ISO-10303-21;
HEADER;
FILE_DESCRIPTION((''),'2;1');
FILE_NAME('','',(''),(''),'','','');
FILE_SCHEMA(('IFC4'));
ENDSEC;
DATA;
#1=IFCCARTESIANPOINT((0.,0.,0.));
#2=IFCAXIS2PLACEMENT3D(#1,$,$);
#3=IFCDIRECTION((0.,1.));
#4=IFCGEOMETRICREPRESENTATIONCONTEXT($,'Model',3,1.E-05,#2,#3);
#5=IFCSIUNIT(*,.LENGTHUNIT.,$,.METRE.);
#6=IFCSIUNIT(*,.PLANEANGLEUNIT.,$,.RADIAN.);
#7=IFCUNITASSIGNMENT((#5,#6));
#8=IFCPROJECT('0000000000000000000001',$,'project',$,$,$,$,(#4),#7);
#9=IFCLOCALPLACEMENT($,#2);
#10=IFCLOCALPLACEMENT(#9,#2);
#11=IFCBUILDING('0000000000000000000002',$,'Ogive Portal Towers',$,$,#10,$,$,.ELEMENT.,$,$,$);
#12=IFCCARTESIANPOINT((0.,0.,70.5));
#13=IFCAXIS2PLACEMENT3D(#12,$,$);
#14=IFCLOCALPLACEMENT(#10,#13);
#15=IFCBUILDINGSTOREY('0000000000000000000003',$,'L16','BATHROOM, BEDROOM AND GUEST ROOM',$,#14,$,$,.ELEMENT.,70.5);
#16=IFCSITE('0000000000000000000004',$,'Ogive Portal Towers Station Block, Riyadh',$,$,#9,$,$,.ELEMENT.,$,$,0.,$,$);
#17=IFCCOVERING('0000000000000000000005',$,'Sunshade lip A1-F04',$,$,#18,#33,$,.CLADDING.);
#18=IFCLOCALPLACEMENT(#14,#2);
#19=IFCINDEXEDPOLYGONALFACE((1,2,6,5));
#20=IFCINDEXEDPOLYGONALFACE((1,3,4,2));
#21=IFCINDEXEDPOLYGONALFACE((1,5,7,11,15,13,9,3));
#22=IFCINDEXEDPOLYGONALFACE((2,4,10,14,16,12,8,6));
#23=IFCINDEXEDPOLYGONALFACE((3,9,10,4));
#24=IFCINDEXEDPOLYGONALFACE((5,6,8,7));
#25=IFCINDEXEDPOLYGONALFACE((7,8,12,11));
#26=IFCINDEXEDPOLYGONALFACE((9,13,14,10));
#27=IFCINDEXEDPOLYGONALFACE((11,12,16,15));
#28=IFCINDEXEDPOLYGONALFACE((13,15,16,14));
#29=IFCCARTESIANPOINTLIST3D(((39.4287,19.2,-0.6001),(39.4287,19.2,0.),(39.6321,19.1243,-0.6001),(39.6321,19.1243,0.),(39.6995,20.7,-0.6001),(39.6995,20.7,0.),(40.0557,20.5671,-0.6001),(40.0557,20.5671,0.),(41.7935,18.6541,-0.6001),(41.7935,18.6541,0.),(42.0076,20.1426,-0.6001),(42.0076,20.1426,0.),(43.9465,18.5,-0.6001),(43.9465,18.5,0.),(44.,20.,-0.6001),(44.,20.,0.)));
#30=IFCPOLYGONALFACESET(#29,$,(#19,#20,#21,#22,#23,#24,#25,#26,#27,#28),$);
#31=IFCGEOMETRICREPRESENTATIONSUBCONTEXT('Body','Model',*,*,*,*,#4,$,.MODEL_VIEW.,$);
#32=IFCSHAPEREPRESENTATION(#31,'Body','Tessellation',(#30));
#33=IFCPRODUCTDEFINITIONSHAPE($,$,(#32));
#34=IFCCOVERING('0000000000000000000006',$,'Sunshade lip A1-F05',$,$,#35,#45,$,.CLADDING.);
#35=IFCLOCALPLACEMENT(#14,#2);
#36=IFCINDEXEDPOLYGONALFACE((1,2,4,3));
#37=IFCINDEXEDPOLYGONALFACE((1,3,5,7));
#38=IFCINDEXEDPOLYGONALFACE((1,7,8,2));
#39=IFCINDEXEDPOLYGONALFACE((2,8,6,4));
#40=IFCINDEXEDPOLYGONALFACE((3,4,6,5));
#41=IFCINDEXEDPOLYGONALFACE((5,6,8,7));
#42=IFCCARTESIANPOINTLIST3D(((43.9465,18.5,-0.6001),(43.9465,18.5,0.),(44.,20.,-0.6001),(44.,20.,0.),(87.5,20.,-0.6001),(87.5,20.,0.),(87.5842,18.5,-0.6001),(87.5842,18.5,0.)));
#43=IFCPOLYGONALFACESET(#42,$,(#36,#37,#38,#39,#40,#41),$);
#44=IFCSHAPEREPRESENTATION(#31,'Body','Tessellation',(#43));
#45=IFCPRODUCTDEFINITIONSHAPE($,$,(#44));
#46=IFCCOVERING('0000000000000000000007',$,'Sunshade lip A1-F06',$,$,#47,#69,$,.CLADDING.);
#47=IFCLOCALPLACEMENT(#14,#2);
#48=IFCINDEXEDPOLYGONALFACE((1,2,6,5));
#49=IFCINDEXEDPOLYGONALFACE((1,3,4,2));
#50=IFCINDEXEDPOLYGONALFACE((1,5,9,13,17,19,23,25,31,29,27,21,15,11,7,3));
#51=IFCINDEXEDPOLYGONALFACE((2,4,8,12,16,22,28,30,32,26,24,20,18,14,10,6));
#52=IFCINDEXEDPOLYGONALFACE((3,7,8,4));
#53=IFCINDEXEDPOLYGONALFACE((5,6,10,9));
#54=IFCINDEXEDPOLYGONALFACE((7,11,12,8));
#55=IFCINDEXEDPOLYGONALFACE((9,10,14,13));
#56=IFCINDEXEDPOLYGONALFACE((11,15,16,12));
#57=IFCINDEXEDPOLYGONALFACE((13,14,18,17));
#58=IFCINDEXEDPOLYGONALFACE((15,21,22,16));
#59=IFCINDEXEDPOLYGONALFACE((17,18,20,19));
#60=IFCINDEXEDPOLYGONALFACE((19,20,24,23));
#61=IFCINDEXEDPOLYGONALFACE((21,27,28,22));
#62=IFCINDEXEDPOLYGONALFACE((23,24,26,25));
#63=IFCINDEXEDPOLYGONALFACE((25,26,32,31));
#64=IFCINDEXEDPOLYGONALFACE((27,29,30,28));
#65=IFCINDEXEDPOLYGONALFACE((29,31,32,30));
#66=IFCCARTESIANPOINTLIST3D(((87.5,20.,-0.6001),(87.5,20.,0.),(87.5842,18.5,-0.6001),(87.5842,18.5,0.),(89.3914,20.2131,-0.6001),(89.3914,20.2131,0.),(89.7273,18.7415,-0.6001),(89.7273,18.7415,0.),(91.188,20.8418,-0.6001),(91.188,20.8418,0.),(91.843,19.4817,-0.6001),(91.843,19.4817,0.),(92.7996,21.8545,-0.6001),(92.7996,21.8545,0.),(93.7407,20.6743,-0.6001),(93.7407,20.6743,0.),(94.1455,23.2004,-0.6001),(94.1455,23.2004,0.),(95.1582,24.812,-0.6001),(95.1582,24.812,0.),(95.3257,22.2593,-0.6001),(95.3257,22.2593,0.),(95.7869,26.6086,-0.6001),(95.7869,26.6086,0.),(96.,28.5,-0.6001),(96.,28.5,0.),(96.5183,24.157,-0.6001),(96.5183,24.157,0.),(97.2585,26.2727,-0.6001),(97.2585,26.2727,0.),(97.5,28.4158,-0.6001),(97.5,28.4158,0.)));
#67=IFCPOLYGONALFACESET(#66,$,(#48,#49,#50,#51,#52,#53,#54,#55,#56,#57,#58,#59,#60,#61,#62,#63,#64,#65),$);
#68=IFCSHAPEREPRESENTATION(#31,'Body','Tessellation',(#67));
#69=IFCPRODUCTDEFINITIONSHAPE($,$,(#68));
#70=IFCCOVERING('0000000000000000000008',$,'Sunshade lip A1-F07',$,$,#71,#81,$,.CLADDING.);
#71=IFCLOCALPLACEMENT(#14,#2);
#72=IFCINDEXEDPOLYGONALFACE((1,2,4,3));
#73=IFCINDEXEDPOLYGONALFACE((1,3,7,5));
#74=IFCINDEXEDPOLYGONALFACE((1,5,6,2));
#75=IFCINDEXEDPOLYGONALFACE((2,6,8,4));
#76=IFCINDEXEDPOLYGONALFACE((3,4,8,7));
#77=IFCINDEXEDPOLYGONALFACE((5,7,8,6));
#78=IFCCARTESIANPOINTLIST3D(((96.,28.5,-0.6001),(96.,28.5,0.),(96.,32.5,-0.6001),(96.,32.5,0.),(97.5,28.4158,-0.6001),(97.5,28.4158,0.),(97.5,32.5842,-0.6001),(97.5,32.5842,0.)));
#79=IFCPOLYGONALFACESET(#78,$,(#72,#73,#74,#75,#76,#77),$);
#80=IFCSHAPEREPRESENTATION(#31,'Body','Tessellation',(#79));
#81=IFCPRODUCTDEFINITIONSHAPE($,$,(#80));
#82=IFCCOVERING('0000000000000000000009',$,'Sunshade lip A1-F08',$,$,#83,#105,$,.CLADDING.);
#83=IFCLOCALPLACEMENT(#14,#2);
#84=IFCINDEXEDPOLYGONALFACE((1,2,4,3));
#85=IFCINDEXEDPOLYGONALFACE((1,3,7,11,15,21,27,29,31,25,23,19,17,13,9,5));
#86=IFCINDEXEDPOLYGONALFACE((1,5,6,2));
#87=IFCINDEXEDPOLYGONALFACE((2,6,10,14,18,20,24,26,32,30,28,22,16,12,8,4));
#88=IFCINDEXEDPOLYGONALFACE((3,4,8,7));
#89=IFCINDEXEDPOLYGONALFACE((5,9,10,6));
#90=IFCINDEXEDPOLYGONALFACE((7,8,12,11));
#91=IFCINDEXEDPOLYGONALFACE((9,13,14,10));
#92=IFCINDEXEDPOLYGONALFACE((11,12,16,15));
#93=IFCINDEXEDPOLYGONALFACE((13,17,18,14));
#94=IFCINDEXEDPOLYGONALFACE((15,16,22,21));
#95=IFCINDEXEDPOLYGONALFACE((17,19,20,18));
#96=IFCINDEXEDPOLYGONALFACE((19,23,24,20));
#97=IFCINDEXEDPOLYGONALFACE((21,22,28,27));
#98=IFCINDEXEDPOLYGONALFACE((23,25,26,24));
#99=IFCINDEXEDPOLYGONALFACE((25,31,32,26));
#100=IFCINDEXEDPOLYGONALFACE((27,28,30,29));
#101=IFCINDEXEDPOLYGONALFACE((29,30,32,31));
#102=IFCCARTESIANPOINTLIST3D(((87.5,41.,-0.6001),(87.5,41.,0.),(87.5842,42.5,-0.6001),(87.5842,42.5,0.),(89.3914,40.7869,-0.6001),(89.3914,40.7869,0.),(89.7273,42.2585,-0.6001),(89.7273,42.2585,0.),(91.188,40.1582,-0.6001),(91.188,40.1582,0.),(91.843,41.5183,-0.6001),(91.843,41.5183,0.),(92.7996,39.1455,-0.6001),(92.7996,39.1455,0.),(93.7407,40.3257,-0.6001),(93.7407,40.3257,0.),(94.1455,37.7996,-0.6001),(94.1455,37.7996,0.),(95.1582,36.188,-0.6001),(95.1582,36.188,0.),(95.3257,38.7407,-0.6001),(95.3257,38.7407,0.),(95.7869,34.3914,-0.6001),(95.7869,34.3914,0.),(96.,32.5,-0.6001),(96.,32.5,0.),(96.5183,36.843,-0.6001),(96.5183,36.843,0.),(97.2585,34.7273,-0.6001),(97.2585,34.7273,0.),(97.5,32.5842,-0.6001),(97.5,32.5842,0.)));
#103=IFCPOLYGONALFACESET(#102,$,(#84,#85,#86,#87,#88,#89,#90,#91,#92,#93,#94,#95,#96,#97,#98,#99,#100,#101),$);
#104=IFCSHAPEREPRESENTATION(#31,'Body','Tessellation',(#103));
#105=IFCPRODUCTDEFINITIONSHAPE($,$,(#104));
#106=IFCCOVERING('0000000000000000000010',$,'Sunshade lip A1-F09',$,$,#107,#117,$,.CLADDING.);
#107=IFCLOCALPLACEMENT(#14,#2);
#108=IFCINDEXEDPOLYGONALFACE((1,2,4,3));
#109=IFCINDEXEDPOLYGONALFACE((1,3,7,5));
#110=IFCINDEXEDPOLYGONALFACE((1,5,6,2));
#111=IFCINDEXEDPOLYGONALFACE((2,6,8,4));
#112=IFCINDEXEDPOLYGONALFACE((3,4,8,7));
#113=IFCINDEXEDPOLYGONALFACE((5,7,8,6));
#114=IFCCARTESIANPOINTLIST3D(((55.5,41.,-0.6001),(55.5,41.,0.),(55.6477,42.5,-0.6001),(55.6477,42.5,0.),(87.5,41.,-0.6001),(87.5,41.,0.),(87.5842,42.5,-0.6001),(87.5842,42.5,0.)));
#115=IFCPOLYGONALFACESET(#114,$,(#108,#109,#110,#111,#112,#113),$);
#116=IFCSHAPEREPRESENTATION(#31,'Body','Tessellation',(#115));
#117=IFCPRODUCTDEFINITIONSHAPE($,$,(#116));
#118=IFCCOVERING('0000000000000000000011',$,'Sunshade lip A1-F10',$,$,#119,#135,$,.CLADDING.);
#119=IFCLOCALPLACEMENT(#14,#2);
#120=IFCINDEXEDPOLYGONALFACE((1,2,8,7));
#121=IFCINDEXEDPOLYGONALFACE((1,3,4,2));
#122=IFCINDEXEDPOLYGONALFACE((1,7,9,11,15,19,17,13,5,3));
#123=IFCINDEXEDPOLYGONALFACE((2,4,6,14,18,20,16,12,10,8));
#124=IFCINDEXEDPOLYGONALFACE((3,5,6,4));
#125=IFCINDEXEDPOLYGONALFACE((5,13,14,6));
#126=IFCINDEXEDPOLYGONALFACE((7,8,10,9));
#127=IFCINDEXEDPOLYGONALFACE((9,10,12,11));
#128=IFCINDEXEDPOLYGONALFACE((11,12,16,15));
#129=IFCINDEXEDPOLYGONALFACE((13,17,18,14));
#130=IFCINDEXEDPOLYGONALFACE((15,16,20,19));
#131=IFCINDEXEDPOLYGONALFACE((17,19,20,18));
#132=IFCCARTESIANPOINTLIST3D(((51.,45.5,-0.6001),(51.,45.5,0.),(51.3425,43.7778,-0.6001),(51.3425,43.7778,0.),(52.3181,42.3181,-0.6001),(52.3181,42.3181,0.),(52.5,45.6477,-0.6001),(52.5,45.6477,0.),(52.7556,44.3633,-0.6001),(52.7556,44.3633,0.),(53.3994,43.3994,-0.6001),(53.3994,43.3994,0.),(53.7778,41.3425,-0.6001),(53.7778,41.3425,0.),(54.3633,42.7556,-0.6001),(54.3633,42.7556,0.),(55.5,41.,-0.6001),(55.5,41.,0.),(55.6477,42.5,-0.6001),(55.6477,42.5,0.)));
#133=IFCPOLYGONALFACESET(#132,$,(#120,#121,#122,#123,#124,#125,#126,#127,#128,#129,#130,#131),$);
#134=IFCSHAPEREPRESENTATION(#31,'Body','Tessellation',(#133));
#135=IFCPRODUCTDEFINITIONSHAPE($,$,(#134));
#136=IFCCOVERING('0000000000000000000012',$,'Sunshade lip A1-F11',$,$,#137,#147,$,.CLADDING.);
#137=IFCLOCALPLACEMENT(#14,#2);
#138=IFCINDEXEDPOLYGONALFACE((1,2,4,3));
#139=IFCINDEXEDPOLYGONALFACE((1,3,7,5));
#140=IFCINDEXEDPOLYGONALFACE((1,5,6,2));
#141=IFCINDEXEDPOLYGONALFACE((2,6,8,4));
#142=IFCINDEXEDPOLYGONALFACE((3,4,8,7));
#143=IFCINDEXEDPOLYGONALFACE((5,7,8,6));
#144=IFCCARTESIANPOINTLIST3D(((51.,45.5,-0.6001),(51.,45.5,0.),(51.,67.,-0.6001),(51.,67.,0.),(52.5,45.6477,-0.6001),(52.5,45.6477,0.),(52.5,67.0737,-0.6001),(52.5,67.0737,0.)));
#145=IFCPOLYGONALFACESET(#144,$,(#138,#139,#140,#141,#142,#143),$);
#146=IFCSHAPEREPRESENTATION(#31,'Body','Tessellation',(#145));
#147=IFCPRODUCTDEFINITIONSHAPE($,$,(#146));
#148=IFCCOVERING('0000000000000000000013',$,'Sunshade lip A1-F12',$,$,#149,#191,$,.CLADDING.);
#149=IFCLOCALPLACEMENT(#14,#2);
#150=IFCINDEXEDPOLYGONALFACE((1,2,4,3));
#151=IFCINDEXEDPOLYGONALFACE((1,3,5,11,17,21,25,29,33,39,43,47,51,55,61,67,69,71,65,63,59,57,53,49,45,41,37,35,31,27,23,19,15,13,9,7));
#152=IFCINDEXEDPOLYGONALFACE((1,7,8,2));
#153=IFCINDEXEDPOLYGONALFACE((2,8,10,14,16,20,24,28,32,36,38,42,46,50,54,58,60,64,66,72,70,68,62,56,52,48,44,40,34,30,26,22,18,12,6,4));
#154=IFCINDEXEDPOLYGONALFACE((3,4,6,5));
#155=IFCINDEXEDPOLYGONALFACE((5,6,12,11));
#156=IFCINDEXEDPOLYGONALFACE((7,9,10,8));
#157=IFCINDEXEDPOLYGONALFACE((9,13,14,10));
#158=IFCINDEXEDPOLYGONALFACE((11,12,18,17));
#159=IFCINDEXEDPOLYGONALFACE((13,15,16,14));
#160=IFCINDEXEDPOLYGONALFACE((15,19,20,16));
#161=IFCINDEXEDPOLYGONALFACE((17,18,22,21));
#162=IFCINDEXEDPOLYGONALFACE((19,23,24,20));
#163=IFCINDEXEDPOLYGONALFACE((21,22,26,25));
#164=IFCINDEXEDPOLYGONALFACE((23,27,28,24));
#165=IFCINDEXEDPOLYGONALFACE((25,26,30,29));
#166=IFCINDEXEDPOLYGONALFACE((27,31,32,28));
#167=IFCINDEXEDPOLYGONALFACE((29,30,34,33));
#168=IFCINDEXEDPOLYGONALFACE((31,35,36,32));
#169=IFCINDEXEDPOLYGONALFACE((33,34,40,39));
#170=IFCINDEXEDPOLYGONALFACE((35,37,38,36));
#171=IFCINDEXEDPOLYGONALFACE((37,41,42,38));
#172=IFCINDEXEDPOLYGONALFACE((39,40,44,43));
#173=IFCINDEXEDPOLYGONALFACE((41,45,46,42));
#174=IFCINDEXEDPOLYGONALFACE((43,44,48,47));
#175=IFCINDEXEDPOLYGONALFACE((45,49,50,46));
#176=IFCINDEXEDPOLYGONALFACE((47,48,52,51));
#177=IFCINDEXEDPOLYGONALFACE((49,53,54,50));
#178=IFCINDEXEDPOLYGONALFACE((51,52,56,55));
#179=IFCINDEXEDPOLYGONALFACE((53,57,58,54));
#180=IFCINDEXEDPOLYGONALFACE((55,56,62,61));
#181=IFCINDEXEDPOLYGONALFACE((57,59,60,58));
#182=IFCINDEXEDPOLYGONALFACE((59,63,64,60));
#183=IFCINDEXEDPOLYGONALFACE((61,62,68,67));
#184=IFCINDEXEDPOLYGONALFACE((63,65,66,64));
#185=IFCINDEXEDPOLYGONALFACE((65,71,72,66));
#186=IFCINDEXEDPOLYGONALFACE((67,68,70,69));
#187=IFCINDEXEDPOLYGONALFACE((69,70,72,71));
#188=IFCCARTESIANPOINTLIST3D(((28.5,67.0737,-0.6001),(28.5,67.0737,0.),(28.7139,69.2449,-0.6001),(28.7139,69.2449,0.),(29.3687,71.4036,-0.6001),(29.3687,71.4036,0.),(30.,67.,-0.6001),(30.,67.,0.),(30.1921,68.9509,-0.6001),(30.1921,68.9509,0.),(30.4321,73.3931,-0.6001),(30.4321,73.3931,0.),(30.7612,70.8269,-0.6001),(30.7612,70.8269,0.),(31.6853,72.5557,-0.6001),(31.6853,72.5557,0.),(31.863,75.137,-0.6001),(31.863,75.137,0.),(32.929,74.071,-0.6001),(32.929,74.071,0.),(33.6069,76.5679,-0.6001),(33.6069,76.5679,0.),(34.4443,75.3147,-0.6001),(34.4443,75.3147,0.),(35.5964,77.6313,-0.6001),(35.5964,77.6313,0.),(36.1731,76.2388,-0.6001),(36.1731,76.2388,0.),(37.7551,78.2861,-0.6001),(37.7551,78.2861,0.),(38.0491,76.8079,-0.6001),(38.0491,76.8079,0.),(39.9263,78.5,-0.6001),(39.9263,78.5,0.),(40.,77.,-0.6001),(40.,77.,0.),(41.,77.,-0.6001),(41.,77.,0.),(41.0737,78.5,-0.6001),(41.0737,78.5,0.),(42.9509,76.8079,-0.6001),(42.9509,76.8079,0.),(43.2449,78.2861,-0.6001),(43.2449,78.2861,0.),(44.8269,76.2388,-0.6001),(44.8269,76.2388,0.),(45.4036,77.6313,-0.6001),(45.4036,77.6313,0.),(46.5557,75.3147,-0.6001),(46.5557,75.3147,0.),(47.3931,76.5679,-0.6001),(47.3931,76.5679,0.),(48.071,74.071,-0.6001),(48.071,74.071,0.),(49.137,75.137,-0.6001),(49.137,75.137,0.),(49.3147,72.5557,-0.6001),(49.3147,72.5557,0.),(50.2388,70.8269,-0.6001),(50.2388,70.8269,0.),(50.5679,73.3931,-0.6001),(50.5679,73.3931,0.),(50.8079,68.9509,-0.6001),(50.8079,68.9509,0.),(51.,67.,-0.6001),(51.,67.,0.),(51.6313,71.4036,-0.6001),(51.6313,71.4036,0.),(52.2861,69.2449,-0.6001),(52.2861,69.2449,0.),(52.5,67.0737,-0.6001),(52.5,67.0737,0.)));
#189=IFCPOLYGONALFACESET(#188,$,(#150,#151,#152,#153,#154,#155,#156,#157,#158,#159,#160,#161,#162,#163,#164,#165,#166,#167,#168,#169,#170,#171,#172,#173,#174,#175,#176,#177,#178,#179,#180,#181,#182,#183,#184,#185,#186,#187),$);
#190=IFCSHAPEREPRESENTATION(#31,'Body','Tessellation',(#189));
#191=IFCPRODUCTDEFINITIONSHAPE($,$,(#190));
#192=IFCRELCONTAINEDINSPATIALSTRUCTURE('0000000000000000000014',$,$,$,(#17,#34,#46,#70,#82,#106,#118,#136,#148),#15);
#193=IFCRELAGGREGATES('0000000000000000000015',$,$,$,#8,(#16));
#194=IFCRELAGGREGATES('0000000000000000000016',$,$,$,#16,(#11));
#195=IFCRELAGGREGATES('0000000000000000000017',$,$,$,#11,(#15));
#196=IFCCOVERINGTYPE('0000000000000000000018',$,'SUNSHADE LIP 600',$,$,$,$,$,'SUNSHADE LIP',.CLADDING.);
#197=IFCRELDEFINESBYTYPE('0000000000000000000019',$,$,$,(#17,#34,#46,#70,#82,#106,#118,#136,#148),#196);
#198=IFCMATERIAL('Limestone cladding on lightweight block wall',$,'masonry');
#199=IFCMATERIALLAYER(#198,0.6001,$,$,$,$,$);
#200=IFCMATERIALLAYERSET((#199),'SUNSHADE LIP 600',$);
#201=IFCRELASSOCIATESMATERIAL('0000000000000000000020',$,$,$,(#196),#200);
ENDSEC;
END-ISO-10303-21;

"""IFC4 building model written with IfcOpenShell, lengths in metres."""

from ifc_helpers import new_model, si_unit, direction, frame, origin, place, context, subcontext, project, spatial, polyline, outline, extrude, material, layer, layer_set, type_object, element, save


model = new_model("IFC4")

# Units and contexts
model_context = context("Model", 3, precision=1e-05, world=origin(), true_north=direction((0.0, 1.0)))
body_context = subcontext(model_context, "Body", "Model", "MODEL_VIEW")
ifc_project = project(units=[si_unit("LENGTHUNIT", "METRE"), si_unit("PLANEANGLEUNIT", "RADIAN")], contexts=[model_context])

# Site, building, storey
site_placement = place(None, origin())
site = spatial("IfcSite", under=ifc_project, at=site_placement, Name="Ogive Portal Towers Station Block, Riyadh", CompositionType="ELEMENT", RefElevation=0.0)
building_placement = place(site_placement, origin())
building = spatial("IfcBuilding", under=site, at=building_placement, Name="Ogive Portal Towers", CompositionType="ELEMENT")
storey_placement = place(building_placement, frame((0.0, 0.0, 70.5)))
storey = spatial("IfcBuildingStorey", under=building, at=storey_placement, Name="L16", Description="BATHROOM, BEDROOM AND GUEST ROOM", CompositionType="ELEMENT", Elevation=70.5)

# Coverings
ifc_material_1 = material(Name="Limestone cladding on lightweight block wall", Category="masonry")
ifc_layer_1 = layer(ifc_material_1, 0.6001)
ifc_layer_set_1 = layer_set([ifc_layer_1], Name="SUNSHADE LIP 600")
covering_type_1 = type_object("IfcCoveringType", Name="SUNSHADE LIP 600", ElementType="SUNSHADE LIP", PredefinedType="CLADDING", material=ifc_layer_set_1)
covering_1_placement = place(storey_placement, frame((0.0, 0.0, -0.6001)))
element("IfcCovering", 1, at=covering_1_placement, inside=storey, type_object=covering_type_1, Name="Sunshade lip A1-F04", PredefinedType="CLADDING", context=body_context, shape_type="SweptSolid", body=[
    extrude(outline(polyline([(39.6995, 20.7), (40.0557, 20.5671), (42.0076, 20.1426), (44.0, 20.0), (43.9465, 18.5), (41.7935, 18.6541), (39.6321, 19.1243), (39.4287, 19.2), (39.6995, 20.7)])), origin(), (0.0, 0.0, 1.0), 0.6001),
])
covering_2_placement = place(storey_placement, frame((0.0, 0.0, -0.6001)))
element("IfcCovering", 2, at=covering_2_placement, inside=storey, type_object=covering_type_1, Name="Sunshade lip A1-F05", PredefinedType="CLADDING", context=body_context, shape_type="SweptSolid", body=[
    extrude(outline(polyline([(44.0, 20.0), (87.5, 20.0), (87.5842, 18.5), (43.9465, 18.5), (44.0, 20.0)])), origin(), (0.0, 0.0, 1.0), 0.6001),
])
covering_3_placement = place(storey_placement, frame((0.0, 0.0, -0.6001)))
element("IfcCovering", 3, at=covering_3_placement, inside=storey, type_object=covering_type_1, Name="Sunshade lip A1-F06", PredefinedType="CLADDING", context=body_context, shape_type="SweptSolid", body=[
    extrude(outline(polyline([(87.5, 20.0), (89.3914, 20.2131), (91.188, 20.8418), (92.7996, 21.8545), (94.1455, 23.2004), (95.1582, 24.812), (95.7869, 26.6086), (96.0, 28.5), (97.5, 28.4158), (97.2585, 26.2727), (96.5183, 24.157), (95.3257, 22.2593), (93.7407, 20.6743), (91.843, 19.4817), (89.7273, 18.7415), (87.5842, 18.5), (87.5, 20.0)])), origin(), (0.0, 0.0, 1.0), 0.6001),
])
covering_4_placement = place(storey_placement, frame((0.0, 0.0, -0.6001)))
element("IfcCovering", 4, at=covering_4_placement, inside=storey, type_object=covering_type_1, Name="Sunshade lip A1-F07", PredefinedType="CLADDING", context=body_context, shape_type="SweptSolid", body=[
    extrude(outline(polyline([(96.0, 28.5), (96.0, 32.5), (97.5, 32.5842), (97.5, 28.4158), (96.0, 28.5)])), origin(), (0.0, 0.0, 1.0), 0.6001),
])
covering_5_placement = place(storey_placement, frame((0.0, 0.0, -0.6001)))
element("IfcCovering", 5, at=covering_5_placement, inside=storey, type_object=covering_type_1, Name="Sunshade lip A1-F08", PredefinedType="CLADDING", context=body_context, shape_type="SweptSolid", body=[
    extrude(outline(polyline([(96.0, 32.5), (95.7869, 34.3914), (95.1582, 36.188), (94.1455, 37.7996), (92.7996, 39.1455), (91.188, 40.1582), (89.3914, 40.7869), (87.5, 41.0), (87.5842, 42.5), (89.7273, 42.2585), (91.843, 41.5183), (93.7407, 40.3257), (95.3257, 38.7407), (96.5183, 36.843), (97.2585, 34.7273), (97.5, 32.5842), (96.0, 32.5)])), origin(), (0.0, 0.0, 1.0), 0.6001),
])
covering_6_placement = place(storey_placement, frame((0.0, 0.0, -0.6001)))
element("IfcCovering", 6, at=covering_6_placement, inside=storey, type_object=covering_type_1, Name="Sunshade lip A1-F09", PredefinedType="CLADDING", context=body_context, shape_type="SweptSolid", body=[
    extrude(outline(polyline([(87.5, 41.0), (55.5, 41.0), (55.6477, 42.5), (87.5842, 42.5), (87.5, 41.0)])), origin(), (0.0, 0.0, 1.0), 0.6001),
])
covering_7_placement = place(storey_placement, frame((0.0, 0.0, -0.6001)))
element("IfcCovering", 7, at=covering_7_placement, inside=storey, type_object=covering_type_1, Name="Sunshade lip A1-F10", PredefinedType="CLADDING", context=body_context, shape_type="SweptSolid", body=[
    extrude(outline(polyline([(55.5, 41.0), (53.7778, 41.3425), (52.3181, 42.3181), (51.3425, 43.7778), (51.0, 45.5), (52.5, 45.6477), (52.7556, 44.3633), (53.3994, 43.3994), (54.3633, 42.7556), (55.6477, 42.5), (55.5, 41.0)])), origin(), (0.0, 0.0, 1.0), 0.6001),
])
covering_8_placement = place(storey_placement, frame((0.0, 0.0, -0.6001)))
element("IfcCovering", 8, at=covering_8_placement, inside=storey, type_object=covering_type_1, Name="Sunshade lip A1-F11", PredefinedType="CLADDING", context=body_context, shape_type="SweptSolid", body=[
    extrude(outline(polyline([(51.0, 45.5), (51.0, 67.0), (52.5, 67.0737), (52.5, 45.6477), (51.0, 45.5)])), origin(), (0.0, 0.0, 1.0), 0.6001),
])
covering_9_placement = place(storey_placement, frame((0.0, 0.0, -0.6001)))
element("IfcCovering", 9, at=covering_9_placement, inside=storey, type_object=covering_type_1, Name="Sunshade lip A1-F12", PredefinedType="CLADDING", context=body_context, shape_type="SweptSolid", body=[
    extrude(outline(polyline([(51.0, 67.0), (50.8079, 68.9509), (50.2388, 70.8269), (49.3147, 72.5557), (48.071, 74.071), (46.5557, 75.3147), (44.8269, 76.2388), (42.9509, 76.8079), (41.0, 77.0), (40.0, 77.0), (38.0491, 76.8079), (36.1731, 76.2388), (34.4443, 75.3147), (32.929, 74.071), (31.6853, 72.5557), (30.7612, 70.8269), (30.1921, 68.9509), (30.0, 67.0), (28.5, 67.0737), (28.7139, 69.2449), (29.3687, 71.4036), (30.4321, 73.3931), (31.863, 75.137), (33.6069, 76.5679), (35.5964, 77.6313), (37.7551, 78.2861), (39.9263, 78.5), (41.0737, 78.5), (43.2449, 78.2861), (45.4036, 77.6313), (47.3931, 76.5679), (49.137, 75.137), (50.5679, 73.3931), (51.6313, 71.4036), (52.2861, 69.2449), (52.5, 67.0737), (51.0, 67.0)])), origin(), (0.0, 0.0, 1.0), 0.6001),
])

save(model, "model.ifc")
